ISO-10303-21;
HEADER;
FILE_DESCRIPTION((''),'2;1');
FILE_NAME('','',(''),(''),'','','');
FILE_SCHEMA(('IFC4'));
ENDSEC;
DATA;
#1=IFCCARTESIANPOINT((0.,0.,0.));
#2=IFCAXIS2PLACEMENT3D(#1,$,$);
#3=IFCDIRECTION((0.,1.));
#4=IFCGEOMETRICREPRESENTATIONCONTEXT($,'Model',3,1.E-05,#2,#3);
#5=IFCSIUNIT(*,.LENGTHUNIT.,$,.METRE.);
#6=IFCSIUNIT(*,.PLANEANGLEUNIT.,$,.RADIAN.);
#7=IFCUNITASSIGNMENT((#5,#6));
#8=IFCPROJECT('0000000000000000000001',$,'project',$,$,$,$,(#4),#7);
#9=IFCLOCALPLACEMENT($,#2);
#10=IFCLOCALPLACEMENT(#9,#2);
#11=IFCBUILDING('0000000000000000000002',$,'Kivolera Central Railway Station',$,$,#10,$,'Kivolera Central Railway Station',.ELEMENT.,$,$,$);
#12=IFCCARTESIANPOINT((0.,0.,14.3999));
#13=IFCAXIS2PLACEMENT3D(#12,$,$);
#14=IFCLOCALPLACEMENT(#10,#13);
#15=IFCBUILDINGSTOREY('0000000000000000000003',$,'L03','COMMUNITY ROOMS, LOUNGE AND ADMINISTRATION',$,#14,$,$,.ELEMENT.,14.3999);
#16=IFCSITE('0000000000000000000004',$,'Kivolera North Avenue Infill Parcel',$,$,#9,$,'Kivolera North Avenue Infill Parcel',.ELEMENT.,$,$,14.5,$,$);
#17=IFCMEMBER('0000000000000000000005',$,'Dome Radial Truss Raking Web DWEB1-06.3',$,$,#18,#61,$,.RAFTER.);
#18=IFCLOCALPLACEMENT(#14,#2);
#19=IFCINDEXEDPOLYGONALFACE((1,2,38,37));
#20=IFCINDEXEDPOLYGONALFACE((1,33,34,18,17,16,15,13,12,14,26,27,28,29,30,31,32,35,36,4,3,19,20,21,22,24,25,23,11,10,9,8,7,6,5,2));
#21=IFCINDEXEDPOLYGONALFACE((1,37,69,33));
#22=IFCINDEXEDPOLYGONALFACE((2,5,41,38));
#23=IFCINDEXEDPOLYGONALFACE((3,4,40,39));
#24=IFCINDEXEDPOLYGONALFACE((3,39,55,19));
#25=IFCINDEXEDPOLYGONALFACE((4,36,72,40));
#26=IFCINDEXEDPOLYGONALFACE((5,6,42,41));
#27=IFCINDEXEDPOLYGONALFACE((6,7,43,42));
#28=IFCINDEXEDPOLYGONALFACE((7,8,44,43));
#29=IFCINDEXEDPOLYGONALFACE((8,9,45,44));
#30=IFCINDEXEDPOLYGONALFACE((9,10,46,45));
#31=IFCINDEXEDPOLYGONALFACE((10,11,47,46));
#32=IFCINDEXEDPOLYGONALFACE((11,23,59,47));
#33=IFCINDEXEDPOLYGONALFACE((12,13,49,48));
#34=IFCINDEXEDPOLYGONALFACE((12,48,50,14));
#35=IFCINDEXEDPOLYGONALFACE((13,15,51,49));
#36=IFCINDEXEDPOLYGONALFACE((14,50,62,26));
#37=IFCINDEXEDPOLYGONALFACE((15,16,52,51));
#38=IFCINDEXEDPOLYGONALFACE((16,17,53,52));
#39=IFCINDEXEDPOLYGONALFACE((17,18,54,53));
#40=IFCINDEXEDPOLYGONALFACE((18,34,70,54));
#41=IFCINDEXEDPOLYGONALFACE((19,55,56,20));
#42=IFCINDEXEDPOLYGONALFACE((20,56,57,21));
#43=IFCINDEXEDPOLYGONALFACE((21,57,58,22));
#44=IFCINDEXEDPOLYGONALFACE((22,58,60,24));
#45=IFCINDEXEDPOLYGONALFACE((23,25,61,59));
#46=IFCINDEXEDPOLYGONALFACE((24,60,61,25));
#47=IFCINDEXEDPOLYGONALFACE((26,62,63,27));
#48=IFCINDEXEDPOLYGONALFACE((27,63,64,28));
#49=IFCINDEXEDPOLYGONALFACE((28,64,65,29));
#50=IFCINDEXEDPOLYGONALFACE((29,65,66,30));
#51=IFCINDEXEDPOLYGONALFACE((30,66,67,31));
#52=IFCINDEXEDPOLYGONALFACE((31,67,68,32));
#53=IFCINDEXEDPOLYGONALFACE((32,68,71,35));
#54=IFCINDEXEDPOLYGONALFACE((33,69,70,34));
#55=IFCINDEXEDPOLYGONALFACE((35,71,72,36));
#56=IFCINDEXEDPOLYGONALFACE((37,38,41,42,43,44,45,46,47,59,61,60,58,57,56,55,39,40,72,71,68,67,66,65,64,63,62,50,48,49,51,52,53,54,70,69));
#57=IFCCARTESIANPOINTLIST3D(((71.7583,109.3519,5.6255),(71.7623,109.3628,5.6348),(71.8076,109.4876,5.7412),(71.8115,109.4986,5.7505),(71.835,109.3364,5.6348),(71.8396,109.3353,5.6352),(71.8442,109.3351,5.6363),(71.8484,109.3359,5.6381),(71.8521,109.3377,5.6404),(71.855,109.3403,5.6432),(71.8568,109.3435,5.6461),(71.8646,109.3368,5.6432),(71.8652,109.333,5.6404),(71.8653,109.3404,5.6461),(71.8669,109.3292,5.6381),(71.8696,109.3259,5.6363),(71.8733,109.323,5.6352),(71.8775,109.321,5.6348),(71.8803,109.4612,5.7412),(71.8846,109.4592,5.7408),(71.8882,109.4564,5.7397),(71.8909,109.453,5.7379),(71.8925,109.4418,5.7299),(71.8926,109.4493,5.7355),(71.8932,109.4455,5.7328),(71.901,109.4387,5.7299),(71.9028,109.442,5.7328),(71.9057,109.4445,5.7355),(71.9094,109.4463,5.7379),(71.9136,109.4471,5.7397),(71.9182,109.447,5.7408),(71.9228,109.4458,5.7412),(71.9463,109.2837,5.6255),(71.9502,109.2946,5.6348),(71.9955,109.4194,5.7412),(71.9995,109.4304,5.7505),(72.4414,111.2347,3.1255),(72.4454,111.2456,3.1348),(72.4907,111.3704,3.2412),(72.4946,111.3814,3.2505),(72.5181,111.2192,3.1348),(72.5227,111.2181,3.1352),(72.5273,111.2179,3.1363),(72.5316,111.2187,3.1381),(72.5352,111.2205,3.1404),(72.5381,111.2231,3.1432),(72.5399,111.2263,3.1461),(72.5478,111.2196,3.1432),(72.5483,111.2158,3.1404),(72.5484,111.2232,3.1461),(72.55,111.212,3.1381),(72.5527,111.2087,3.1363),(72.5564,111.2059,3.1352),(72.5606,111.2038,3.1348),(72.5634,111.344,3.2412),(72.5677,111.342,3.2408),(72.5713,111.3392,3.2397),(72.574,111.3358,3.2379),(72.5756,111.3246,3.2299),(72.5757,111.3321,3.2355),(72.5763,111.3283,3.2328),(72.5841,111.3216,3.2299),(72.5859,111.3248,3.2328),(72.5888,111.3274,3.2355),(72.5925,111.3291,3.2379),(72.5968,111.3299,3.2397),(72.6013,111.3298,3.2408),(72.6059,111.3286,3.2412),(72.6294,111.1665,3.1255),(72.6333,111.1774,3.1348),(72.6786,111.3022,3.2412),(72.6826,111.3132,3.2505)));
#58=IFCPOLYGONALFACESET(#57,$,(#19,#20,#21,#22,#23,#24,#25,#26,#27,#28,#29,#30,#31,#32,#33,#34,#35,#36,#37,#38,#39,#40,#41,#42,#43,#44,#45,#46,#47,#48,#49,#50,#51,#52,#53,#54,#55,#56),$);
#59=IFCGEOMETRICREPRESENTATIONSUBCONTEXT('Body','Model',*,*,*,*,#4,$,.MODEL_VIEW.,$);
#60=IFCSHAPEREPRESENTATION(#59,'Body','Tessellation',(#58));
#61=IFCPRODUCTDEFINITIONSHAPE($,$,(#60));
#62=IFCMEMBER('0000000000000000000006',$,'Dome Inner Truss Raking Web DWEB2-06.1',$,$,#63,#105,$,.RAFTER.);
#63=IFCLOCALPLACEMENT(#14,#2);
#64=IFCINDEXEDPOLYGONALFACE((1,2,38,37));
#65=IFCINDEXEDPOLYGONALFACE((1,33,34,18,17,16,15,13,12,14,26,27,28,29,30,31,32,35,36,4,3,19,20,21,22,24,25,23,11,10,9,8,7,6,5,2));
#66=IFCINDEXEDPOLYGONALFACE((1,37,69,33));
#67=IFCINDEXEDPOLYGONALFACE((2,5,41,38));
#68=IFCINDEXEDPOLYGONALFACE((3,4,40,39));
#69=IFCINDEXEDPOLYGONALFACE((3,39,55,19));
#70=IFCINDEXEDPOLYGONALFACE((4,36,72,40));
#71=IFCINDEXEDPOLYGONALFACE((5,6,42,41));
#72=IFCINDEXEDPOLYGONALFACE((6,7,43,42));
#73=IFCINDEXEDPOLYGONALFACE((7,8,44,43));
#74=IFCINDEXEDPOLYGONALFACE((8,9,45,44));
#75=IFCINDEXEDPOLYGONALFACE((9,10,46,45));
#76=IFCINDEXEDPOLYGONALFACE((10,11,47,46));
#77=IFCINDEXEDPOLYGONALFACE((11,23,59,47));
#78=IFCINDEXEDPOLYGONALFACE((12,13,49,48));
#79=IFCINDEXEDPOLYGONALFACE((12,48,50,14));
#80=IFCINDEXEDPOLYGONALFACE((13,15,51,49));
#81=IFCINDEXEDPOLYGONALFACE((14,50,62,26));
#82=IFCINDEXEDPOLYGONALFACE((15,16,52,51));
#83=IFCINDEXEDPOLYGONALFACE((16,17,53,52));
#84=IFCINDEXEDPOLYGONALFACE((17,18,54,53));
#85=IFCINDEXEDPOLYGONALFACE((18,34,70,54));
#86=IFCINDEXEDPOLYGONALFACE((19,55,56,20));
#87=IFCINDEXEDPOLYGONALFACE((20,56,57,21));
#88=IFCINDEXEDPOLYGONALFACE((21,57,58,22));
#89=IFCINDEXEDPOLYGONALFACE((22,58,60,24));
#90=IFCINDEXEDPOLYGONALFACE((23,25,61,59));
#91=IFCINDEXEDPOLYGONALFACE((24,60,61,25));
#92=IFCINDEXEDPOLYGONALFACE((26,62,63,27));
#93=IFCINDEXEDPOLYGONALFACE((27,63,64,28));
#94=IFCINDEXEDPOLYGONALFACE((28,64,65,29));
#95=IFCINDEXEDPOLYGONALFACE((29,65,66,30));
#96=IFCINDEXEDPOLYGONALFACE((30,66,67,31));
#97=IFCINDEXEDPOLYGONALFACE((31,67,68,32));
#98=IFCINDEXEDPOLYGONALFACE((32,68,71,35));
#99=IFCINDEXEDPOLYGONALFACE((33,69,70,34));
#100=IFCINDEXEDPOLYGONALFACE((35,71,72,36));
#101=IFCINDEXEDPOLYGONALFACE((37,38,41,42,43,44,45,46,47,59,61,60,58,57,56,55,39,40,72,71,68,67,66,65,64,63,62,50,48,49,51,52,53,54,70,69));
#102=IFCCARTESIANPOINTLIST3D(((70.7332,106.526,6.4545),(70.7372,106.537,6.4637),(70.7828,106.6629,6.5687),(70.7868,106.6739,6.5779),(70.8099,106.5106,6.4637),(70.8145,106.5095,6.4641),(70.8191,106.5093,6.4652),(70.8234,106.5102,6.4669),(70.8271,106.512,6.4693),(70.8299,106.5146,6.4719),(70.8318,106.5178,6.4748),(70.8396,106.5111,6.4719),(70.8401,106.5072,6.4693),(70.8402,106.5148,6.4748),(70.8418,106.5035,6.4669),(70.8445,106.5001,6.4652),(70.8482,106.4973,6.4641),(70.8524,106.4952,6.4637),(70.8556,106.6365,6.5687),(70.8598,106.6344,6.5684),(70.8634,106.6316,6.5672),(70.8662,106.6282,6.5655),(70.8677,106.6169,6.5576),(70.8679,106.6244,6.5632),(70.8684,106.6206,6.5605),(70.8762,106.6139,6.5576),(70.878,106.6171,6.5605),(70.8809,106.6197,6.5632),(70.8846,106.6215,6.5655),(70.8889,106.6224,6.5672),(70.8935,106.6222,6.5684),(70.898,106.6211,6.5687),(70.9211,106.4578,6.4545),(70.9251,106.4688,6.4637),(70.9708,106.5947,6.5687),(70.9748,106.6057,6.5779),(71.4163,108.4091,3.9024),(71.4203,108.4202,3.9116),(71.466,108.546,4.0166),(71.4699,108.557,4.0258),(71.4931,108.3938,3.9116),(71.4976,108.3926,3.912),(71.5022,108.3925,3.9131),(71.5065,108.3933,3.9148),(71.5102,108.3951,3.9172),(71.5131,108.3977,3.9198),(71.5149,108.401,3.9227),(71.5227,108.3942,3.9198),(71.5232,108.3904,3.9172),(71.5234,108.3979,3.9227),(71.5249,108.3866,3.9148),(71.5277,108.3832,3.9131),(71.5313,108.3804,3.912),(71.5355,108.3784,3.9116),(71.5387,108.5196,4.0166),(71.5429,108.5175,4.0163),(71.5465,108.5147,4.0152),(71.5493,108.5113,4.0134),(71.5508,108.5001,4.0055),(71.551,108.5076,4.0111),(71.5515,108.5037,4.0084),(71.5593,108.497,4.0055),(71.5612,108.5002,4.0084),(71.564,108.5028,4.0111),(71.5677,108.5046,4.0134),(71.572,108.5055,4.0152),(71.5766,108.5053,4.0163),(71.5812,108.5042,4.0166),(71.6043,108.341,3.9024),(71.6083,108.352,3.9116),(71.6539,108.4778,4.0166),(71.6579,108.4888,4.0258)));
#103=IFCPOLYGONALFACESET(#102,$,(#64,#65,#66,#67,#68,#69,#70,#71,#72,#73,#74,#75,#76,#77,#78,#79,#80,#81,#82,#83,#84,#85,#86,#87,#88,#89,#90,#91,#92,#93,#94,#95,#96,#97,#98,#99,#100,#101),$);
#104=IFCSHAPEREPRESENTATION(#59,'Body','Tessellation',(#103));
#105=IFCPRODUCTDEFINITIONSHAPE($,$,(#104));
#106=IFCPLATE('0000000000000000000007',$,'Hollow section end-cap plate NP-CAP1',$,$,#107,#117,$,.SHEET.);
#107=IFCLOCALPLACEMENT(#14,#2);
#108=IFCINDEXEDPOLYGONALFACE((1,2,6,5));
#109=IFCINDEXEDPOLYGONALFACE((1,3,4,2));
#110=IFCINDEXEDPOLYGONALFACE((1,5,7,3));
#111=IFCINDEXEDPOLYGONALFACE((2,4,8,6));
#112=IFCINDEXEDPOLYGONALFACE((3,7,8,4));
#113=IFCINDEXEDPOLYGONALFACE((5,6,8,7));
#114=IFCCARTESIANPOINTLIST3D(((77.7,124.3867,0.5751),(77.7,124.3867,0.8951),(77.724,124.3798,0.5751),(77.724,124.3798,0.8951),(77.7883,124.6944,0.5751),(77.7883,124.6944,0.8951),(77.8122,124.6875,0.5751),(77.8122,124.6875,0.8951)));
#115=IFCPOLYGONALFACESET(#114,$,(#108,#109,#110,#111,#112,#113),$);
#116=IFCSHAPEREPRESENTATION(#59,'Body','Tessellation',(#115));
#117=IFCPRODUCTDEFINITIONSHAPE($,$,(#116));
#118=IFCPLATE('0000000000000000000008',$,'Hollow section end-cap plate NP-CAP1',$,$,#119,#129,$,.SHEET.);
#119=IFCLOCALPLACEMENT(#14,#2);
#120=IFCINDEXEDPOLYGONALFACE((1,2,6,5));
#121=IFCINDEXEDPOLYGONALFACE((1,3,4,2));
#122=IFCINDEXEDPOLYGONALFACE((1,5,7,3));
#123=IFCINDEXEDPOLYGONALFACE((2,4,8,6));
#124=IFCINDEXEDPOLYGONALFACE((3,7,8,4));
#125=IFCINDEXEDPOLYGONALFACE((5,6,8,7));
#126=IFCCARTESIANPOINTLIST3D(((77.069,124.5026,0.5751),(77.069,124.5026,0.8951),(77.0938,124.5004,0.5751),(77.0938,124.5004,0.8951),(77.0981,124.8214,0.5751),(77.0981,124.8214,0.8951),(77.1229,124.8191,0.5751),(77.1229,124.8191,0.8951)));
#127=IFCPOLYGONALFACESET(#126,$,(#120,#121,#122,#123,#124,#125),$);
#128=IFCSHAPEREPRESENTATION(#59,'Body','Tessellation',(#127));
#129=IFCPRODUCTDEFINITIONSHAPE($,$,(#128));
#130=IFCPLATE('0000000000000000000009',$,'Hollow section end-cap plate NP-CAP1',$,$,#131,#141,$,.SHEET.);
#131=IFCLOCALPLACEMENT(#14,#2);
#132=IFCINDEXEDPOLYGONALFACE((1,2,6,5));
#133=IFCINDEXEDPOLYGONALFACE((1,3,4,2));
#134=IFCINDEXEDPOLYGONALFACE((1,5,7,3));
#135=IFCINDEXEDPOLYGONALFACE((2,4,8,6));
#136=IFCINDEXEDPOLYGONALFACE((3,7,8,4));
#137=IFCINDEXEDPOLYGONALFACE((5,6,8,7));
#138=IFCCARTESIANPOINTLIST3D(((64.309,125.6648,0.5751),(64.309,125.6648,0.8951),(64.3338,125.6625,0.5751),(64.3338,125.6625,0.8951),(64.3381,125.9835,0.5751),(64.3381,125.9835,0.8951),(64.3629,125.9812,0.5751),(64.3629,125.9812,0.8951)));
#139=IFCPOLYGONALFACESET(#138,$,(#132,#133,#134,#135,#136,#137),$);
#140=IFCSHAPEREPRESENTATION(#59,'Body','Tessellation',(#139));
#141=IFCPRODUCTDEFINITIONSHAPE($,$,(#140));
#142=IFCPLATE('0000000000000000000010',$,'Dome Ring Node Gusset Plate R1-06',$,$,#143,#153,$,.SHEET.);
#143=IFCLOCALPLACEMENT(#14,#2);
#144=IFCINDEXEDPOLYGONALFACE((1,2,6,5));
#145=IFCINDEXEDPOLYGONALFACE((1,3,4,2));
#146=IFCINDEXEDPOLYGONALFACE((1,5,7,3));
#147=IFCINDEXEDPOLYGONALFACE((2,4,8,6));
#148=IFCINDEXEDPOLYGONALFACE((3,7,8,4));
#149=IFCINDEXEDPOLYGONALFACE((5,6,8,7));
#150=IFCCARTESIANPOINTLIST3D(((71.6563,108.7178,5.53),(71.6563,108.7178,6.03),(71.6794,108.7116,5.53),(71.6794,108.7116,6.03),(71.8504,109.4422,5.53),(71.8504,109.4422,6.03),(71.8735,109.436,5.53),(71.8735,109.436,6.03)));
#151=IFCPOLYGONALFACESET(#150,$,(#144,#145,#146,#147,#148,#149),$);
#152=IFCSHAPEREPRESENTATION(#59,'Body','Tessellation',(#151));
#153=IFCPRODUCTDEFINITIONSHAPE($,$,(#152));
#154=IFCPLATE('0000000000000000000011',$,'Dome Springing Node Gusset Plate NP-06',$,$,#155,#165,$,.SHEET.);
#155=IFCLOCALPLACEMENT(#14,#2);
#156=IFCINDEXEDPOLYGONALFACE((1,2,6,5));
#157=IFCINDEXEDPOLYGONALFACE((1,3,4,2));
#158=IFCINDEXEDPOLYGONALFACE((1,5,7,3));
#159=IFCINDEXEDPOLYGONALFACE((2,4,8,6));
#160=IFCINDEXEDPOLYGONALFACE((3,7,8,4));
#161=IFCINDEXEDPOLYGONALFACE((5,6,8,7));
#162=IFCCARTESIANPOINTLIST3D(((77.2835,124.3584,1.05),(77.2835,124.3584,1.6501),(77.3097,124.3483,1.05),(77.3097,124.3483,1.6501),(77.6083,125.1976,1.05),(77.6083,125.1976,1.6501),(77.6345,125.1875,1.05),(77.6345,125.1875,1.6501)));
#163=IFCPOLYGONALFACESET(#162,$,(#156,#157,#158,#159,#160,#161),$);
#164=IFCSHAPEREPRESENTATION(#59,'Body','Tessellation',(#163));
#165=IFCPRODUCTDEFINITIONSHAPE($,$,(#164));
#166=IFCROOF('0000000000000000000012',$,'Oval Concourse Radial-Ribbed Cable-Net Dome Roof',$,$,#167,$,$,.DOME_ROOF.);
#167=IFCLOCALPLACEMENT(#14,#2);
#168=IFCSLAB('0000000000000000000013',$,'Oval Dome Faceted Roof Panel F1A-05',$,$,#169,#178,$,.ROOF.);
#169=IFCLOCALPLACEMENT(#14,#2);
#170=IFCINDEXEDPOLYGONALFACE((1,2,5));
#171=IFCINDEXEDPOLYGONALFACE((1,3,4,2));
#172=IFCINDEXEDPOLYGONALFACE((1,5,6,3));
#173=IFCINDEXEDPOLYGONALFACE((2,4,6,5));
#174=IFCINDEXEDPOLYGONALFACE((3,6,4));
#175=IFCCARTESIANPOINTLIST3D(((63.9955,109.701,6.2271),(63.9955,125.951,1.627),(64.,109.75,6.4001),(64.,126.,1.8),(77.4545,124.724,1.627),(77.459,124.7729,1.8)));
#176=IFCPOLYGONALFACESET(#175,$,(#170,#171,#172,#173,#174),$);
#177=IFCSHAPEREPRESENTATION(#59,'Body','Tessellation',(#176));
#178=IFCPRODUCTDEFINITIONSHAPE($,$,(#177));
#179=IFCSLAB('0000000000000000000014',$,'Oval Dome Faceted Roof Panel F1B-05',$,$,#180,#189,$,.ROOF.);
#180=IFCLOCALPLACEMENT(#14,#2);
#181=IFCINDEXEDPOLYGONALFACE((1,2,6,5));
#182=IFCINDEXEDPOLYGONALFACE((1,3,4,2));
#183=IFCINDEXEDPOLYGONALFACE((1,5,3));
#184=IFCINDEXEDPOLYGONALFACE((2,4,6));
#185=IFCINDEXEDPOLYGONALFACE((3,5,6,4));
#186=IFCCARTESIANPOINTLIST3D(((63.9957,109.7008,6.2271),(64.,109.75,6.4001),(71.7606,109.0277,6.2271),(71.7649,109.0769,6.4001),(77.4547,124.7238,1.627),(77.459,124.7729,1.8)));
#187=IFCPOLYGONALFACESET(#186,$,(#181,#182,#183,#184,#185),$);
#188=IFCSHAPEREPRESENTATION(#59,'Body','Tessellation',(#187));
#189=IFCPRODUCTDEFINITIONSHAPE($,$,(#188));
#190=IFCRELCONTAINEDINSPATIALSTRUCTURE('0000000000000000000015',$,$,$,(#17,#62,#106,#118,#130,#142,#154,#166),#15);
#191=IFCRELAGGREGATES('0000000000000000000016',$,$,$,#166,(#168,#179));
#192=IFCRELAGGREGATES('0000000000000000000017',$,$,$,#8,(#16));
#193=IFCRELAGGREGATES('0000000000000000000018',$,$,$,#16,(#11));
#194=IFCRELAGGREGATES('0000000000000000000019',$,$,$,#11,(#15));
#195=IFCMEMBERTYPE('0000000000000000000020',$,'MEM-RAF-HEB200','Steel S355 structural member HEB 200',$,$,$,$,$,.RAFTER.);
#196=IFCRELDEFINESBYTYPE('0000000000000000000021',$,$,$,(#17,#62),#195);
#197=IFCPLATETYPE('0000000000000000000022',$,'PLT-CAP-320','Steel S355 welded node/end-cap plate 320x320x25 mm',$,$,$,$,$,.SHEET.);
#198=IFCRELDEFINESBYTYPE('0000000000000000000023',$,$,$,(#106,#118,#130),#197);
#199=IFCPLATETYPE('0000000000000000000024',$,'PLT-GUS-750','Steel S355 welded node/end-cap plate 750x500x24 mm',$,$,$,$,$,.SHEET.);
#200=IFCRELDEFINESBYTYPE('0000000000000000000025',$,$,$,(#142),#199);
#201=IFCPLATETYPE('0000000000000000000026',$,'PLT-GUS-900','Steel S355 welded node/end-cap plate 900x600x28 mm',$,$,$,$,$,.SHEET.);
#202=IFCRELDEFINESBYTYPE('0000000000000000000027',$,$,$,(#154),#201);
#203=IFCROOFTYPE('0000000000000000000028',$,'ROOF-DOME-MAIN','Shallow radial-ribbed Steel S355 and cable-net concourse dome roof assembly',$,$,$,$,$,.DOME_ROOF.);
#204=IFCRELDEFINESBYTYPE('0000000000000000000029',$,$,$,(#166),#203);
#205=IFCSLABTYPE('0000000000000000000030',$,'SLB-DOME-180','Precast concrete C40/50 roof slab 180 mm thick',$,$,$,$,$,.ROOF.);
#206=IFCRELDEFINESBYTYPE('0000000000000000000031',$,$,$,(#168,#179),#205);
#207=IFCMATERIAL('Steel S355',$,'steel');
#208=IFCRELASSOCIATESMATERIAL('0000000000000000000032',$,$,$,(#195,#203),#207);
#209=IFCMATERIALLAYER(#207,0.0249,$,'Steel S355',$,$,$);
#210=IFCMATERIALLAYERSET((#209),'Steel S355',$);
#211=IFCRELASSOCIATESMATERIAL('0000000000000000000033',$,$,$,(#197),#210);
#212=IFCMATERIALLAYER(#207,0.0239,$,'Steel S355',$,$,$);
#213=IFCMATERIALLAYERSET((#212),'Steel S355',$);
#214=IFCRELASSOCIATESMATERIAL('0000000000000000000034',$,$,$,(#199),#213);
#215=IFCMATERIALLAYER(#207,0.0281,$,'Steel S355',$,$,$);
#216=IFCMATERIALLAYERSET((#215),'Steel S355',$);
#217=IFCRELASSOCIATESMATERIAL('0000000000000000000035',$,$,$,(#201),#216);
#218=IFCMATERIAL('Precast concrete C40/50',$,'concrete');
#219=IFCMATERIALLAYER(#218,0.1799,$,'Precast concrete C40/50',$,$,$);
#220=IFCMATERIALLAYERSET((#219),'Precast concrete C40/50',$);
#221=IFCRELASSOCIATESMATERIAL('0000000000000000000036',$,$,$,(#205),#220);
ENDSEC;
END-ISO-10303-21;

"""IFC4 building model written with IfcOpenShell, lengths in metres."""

from ifc_helpers import new_model, si_unit, direction, frame, origin, origin_2d, place, context, subcontext, project, spatial, polyline, rectangle, i_section, outline, extrude, material, layer, layer_set, material_profile, profile_set, type_object, element, aggregate, save


model = new_model("IFC4")

# Units and contexts
model_context = context("Model", 3, precision=1e-05, world=origin(), true_north=direction((0.0, 1.0)))
body_context = subcontext(model_context, "Body", "Model", "MODEL_VIEW")
ifc_project = project(units=[si_unit("LENGTHUNIT", "METRE"), si_unit("PLANEANGLEUNIT", "RADIAN")], contexts=[model_context])

# Site, building, storey
site_placement = place(None, origin())
site = spatial("IfcSite", under=ifc_project, at=site_placement, Name="Kivolera North Avenue Infill Parcel", LongName="Kivolera North Avenue Infill Parcel", CompositionType="ELEMENT", RefElevation=14.5)
building_placement = place(site_placement, origin())
building = spatial("IfcBuilding", under=site, at=building_placement, Name="Kivolera Central Railway Station", LongName="Kivolera Central Railway Station", CompositionType="ELEMENT")
storey_placement = place(building_placement, frame((0.0, 0.0, 14.3999)))
storey = spatial("IfcBuildingStorey", under=building, at=storey_placement, Name="L03", Description="COMMUNITY ROOMS, LOUNGE AND ADMINISTRATION", CompositionType="ELEMENT", Elevation=14.3999)

# Shared definitions
ifc_material_1 = material(Name="Steel S355", Category="steel")

# Members
ifc_material_profile_1 = material_profile(ifc_material_1, i_section(OverallWidth=0.2, OverallDepth=0.2, WebThickness=0.009, FlangeThickness=0.0149, FilletRadius=0.0181, at=origin_2d()), Name="HEB 200")
ifc_profile_set_1 = profile_set([ifc_material_profile_1], Name="Steel S355")
member_type_1 = type_object("IfcMemberType", Name="MEM-RAF-HEB200", Description="Steel S355 structural member HEB 200", PredefinedType="RAFTER", material=ifc_profile_set_1)
member_1_placement = place(storey_placement, frame((72.562, 111.2739, 3.188), z_axis=(-0.213246, -0.587759, 0.780427), x_axis=(0.940042, -0.341058, 0.0)))
element("IfcMember", 1, at=member_1_placement, inside=storey, type_object=member_type_1, Name="Dome Radial Truss Raking Web DWEB1-06.3", PredefinedType="RAFTER", context=body_context, shape_type="SweptSolid", body=[
    extrude(i_section(OverallWidth=0.2, OverallDepth=0.2, WebThickness=0.009, FlangeThickness=0.0149, FilletRadius=0.0181, at=origin_2d()), origin(), (0.0, 0.0, 1.0), 3.2034),
])
member_2_placement = place(storey_placement, frame((71.5371, 108.449, 3.9641), z_axis=(-0.210558, -0.580426, 0.78662), x_axis=(0.940056, -0.341019, 0.0)))
element("IfcMember", 2, at=member_2_placement, inside=storey, type_object=member_type_1, Name="Dome Inner Truss Raking Web DWEB2-06.1", PredefinedType="RAFTER", context=body_context, shape_type="SweptSolid", body=[
    extrude(i_section(OverallWidth=0.2, OverallDepth=0.2, WebThickness=0.009, FlangeThickness=0.0149, FilletRadius=0.0181, at=origin_2d()), origin(), (0.0, 0.0, 1.0), 3.2444),
])

# Plates
ifc_layer_1 = layer(ifc_material_1, 0.0249, Name="Steel S355")
ifc_layer_set_1 = layer_set([ifc_layer_1], Name="Steel S355")
plate_type_1 = type_object("IfcPlateType", Name="PLT-CAP-320", Description="Steel S355 welded node/end-cap plate 320x320x25 mm", PredefinedType="SHEET", material=ifc_layer_set_1)
for number, where, z_axis, x_axis, name in (
    (3, (77.7561, 124.5371, 0.7351), (-0.961251, 0.275674, 0.0), (-0.275674, -0.961251, 0.0), "Hollow section end-cap plate NP-CAP1"),
    (4, (77.0959, 124.6609, 0.7351), (-0.995874, 0.090747, 0.0), (-0.090747, -0.995874, 0.0), "Hollow section end-cap plate NP-CAP1"),
    (5, (64.3359, 125.823, 0.7351), (-0.995874, 0.090747, 0.0), (-0.090747, -0.995874, 0.0), "Hollow section end-cap plate NP-CAP1"),
):
    element("IfcPlate", number, at=place(storey_placement, frame(where, z_axis=z_axis, x_axis=x_axis)), inside=storey, type_object=plate_type_1, Name=name, PredefinedType="SHEET", context=body_context, shape_type="SweptSolid", body=[
        extrude(rectangle(XDim=0.3201, YDim=0.3201, at=origin_2d()), frame((0.0, 0.0, -0.0125)), (0.0, 0.0, 1.0), 0.0249),
    ])
ifc_layer_2 = layer(ifc_material_1, 0.0239, Name="Steel S355")
ifc_layer_set_2 = layer_set([ifc_layer_2], Name="Steel S355")
plate_type_2 = type_object("IfcPlateType", Name="PLT-GUS-750", Description="Steel S355 welded node/end-cap plate 750x500x24 mm", PredefinedType="SHEET", material=ifc_layer_set_2)
plate_1_placement = place(storey_placement, frame((71.7649, 109.0769, 5.53), z_axis=(0.0, 0.0, 1.0), x_axis=(0.258819, 0.965926, 0.0)))
element("IfcPlate", 6, at=plate_1_placement, inside=storey, type_object=plate_type_2, Name="Dome Ring Node Gusset Plate R1-06", PredefinedType="SHEET", context=body_context, shape_type="SweptSolid", body=[
    extrude(rectangle(XDim=0.75, YDim=0.0239, at=origin_2d()), origin(), (0.0, 0.0, 1.0), 0.5),
])
ifc_layer_3 = layer(ifc_material_1, 0.0281, Name="Steel S355")
ifc_layer_set_3 = layer_set([ifc_layer_3], Name="Steel S355")
plate_type_3 = type_object("IfcPlateType", Name="PLT-GUS-900", Description="Steel S355 welded node/end-cap plate 900x600x28 mm", PredefinedType="SHEET", material=ifc_layer_set_3)
plate_2_placement = place(storey_placement, frame((77.459, 124.7729, 1.05), z_axis=(0.0, 0.0, 1.0), x_axis=(0.360957, 0.932582, 0.0)))
element("IfcPlate", 7, at=plate_2_placement, inside=storey, type_object=plate_type_3, Name="Dome Springing Node Gusset Plate NP-06", PredefinedType="SHEET", context=body_context, shape_type="SweptSolid", body=[
    extrude(rectangle(XDim=0.8999, YDim=0.0281, at=origin_2d()), origin(), (0.0, 0.0, 1.0), 0.6001),
])

# Roof, slabs
roof_type = type_object("IfcRoofType", Name="ROOF-DOME-MAIN", Description="Shallow radial-ribbed Steel S355 and cable-net concourse dome roof assembly", PredefinedType="DOME_ROOF", material=ifc_material_1)
roof_placement = place(storey_placement, origin())
roof = element("IfcRoof", 8, at=roof_placement, inside=storey, type_object=roof_type, Name="Oval Concourse Radial-Ribbed Cable-Net Dome Roof", PredefinedType="DOME_ROOF")
ifc_material_2 = material(Name="Precast concrete C40/50", Category="concrete")
ifc_layer_4 = layer(ifc_material_2, 0.1799, Name="Precast concrete C40/50")
ifc_layer_set_4 = layer_set([ifc_layer_4], Name="Precast concrete C40/50")
slab_type = type_object("IfcSlabType", Name="SLB-DOME-180", Description="Precast concrete C40/50 roof slab 180 mm thick", PredefinedType="ROOF", material=ifc_layer_set_4)
slab_1_placement = place(storey_placement, frame((77.459, 124.7729, 1.8), z_axis=(0.024825, 0.272296, 0.961893), x_axis=(-0.99587, 0.090793, 0.0)))
slab_1 = element("IfcSlab", 9, at=slab_1_placement, type_object=slab_type, Name="Oval Dome Faceted Roof Panel F1A-05", PredefinedType="ROOF", context=body_context, shape_type="SweptSolid", body=[
    extrude(outline(polyline([(0.0, 0.0), (13.5148, 0.0), (12.0394, 16.824), (0.0, 0.0)])), origin(), (0.0, 0.0, -1.0), 0.1799),
])
slab_2_placement = place(storey_placement, frame((77.459, 124.7729, 1.8), z_axis=(0.023686, 0.273243, 0.961653), x_axis=(-0.650569, -0.726167, 0.222356)))
slab_2 = element("IfcSlab", 10, at=slab_2_placement, type_object=slab_type, Name="Oval Dome Faceted Roof Panel F1B-05", PredefinedType="ROOF", context=body_context, shape_type="SweptSolid", body=[
    extrude(outline(polyline([(0.0, 0.0), (20.688, 0.0), (16.1252, 6.3188), (0.0, 0.0)])), origin(), (0.0, 0.0, -1.0), 0.1799),
])
aggregate(roof, [slab_1, slab_2])

save(model, "model.ifc")
